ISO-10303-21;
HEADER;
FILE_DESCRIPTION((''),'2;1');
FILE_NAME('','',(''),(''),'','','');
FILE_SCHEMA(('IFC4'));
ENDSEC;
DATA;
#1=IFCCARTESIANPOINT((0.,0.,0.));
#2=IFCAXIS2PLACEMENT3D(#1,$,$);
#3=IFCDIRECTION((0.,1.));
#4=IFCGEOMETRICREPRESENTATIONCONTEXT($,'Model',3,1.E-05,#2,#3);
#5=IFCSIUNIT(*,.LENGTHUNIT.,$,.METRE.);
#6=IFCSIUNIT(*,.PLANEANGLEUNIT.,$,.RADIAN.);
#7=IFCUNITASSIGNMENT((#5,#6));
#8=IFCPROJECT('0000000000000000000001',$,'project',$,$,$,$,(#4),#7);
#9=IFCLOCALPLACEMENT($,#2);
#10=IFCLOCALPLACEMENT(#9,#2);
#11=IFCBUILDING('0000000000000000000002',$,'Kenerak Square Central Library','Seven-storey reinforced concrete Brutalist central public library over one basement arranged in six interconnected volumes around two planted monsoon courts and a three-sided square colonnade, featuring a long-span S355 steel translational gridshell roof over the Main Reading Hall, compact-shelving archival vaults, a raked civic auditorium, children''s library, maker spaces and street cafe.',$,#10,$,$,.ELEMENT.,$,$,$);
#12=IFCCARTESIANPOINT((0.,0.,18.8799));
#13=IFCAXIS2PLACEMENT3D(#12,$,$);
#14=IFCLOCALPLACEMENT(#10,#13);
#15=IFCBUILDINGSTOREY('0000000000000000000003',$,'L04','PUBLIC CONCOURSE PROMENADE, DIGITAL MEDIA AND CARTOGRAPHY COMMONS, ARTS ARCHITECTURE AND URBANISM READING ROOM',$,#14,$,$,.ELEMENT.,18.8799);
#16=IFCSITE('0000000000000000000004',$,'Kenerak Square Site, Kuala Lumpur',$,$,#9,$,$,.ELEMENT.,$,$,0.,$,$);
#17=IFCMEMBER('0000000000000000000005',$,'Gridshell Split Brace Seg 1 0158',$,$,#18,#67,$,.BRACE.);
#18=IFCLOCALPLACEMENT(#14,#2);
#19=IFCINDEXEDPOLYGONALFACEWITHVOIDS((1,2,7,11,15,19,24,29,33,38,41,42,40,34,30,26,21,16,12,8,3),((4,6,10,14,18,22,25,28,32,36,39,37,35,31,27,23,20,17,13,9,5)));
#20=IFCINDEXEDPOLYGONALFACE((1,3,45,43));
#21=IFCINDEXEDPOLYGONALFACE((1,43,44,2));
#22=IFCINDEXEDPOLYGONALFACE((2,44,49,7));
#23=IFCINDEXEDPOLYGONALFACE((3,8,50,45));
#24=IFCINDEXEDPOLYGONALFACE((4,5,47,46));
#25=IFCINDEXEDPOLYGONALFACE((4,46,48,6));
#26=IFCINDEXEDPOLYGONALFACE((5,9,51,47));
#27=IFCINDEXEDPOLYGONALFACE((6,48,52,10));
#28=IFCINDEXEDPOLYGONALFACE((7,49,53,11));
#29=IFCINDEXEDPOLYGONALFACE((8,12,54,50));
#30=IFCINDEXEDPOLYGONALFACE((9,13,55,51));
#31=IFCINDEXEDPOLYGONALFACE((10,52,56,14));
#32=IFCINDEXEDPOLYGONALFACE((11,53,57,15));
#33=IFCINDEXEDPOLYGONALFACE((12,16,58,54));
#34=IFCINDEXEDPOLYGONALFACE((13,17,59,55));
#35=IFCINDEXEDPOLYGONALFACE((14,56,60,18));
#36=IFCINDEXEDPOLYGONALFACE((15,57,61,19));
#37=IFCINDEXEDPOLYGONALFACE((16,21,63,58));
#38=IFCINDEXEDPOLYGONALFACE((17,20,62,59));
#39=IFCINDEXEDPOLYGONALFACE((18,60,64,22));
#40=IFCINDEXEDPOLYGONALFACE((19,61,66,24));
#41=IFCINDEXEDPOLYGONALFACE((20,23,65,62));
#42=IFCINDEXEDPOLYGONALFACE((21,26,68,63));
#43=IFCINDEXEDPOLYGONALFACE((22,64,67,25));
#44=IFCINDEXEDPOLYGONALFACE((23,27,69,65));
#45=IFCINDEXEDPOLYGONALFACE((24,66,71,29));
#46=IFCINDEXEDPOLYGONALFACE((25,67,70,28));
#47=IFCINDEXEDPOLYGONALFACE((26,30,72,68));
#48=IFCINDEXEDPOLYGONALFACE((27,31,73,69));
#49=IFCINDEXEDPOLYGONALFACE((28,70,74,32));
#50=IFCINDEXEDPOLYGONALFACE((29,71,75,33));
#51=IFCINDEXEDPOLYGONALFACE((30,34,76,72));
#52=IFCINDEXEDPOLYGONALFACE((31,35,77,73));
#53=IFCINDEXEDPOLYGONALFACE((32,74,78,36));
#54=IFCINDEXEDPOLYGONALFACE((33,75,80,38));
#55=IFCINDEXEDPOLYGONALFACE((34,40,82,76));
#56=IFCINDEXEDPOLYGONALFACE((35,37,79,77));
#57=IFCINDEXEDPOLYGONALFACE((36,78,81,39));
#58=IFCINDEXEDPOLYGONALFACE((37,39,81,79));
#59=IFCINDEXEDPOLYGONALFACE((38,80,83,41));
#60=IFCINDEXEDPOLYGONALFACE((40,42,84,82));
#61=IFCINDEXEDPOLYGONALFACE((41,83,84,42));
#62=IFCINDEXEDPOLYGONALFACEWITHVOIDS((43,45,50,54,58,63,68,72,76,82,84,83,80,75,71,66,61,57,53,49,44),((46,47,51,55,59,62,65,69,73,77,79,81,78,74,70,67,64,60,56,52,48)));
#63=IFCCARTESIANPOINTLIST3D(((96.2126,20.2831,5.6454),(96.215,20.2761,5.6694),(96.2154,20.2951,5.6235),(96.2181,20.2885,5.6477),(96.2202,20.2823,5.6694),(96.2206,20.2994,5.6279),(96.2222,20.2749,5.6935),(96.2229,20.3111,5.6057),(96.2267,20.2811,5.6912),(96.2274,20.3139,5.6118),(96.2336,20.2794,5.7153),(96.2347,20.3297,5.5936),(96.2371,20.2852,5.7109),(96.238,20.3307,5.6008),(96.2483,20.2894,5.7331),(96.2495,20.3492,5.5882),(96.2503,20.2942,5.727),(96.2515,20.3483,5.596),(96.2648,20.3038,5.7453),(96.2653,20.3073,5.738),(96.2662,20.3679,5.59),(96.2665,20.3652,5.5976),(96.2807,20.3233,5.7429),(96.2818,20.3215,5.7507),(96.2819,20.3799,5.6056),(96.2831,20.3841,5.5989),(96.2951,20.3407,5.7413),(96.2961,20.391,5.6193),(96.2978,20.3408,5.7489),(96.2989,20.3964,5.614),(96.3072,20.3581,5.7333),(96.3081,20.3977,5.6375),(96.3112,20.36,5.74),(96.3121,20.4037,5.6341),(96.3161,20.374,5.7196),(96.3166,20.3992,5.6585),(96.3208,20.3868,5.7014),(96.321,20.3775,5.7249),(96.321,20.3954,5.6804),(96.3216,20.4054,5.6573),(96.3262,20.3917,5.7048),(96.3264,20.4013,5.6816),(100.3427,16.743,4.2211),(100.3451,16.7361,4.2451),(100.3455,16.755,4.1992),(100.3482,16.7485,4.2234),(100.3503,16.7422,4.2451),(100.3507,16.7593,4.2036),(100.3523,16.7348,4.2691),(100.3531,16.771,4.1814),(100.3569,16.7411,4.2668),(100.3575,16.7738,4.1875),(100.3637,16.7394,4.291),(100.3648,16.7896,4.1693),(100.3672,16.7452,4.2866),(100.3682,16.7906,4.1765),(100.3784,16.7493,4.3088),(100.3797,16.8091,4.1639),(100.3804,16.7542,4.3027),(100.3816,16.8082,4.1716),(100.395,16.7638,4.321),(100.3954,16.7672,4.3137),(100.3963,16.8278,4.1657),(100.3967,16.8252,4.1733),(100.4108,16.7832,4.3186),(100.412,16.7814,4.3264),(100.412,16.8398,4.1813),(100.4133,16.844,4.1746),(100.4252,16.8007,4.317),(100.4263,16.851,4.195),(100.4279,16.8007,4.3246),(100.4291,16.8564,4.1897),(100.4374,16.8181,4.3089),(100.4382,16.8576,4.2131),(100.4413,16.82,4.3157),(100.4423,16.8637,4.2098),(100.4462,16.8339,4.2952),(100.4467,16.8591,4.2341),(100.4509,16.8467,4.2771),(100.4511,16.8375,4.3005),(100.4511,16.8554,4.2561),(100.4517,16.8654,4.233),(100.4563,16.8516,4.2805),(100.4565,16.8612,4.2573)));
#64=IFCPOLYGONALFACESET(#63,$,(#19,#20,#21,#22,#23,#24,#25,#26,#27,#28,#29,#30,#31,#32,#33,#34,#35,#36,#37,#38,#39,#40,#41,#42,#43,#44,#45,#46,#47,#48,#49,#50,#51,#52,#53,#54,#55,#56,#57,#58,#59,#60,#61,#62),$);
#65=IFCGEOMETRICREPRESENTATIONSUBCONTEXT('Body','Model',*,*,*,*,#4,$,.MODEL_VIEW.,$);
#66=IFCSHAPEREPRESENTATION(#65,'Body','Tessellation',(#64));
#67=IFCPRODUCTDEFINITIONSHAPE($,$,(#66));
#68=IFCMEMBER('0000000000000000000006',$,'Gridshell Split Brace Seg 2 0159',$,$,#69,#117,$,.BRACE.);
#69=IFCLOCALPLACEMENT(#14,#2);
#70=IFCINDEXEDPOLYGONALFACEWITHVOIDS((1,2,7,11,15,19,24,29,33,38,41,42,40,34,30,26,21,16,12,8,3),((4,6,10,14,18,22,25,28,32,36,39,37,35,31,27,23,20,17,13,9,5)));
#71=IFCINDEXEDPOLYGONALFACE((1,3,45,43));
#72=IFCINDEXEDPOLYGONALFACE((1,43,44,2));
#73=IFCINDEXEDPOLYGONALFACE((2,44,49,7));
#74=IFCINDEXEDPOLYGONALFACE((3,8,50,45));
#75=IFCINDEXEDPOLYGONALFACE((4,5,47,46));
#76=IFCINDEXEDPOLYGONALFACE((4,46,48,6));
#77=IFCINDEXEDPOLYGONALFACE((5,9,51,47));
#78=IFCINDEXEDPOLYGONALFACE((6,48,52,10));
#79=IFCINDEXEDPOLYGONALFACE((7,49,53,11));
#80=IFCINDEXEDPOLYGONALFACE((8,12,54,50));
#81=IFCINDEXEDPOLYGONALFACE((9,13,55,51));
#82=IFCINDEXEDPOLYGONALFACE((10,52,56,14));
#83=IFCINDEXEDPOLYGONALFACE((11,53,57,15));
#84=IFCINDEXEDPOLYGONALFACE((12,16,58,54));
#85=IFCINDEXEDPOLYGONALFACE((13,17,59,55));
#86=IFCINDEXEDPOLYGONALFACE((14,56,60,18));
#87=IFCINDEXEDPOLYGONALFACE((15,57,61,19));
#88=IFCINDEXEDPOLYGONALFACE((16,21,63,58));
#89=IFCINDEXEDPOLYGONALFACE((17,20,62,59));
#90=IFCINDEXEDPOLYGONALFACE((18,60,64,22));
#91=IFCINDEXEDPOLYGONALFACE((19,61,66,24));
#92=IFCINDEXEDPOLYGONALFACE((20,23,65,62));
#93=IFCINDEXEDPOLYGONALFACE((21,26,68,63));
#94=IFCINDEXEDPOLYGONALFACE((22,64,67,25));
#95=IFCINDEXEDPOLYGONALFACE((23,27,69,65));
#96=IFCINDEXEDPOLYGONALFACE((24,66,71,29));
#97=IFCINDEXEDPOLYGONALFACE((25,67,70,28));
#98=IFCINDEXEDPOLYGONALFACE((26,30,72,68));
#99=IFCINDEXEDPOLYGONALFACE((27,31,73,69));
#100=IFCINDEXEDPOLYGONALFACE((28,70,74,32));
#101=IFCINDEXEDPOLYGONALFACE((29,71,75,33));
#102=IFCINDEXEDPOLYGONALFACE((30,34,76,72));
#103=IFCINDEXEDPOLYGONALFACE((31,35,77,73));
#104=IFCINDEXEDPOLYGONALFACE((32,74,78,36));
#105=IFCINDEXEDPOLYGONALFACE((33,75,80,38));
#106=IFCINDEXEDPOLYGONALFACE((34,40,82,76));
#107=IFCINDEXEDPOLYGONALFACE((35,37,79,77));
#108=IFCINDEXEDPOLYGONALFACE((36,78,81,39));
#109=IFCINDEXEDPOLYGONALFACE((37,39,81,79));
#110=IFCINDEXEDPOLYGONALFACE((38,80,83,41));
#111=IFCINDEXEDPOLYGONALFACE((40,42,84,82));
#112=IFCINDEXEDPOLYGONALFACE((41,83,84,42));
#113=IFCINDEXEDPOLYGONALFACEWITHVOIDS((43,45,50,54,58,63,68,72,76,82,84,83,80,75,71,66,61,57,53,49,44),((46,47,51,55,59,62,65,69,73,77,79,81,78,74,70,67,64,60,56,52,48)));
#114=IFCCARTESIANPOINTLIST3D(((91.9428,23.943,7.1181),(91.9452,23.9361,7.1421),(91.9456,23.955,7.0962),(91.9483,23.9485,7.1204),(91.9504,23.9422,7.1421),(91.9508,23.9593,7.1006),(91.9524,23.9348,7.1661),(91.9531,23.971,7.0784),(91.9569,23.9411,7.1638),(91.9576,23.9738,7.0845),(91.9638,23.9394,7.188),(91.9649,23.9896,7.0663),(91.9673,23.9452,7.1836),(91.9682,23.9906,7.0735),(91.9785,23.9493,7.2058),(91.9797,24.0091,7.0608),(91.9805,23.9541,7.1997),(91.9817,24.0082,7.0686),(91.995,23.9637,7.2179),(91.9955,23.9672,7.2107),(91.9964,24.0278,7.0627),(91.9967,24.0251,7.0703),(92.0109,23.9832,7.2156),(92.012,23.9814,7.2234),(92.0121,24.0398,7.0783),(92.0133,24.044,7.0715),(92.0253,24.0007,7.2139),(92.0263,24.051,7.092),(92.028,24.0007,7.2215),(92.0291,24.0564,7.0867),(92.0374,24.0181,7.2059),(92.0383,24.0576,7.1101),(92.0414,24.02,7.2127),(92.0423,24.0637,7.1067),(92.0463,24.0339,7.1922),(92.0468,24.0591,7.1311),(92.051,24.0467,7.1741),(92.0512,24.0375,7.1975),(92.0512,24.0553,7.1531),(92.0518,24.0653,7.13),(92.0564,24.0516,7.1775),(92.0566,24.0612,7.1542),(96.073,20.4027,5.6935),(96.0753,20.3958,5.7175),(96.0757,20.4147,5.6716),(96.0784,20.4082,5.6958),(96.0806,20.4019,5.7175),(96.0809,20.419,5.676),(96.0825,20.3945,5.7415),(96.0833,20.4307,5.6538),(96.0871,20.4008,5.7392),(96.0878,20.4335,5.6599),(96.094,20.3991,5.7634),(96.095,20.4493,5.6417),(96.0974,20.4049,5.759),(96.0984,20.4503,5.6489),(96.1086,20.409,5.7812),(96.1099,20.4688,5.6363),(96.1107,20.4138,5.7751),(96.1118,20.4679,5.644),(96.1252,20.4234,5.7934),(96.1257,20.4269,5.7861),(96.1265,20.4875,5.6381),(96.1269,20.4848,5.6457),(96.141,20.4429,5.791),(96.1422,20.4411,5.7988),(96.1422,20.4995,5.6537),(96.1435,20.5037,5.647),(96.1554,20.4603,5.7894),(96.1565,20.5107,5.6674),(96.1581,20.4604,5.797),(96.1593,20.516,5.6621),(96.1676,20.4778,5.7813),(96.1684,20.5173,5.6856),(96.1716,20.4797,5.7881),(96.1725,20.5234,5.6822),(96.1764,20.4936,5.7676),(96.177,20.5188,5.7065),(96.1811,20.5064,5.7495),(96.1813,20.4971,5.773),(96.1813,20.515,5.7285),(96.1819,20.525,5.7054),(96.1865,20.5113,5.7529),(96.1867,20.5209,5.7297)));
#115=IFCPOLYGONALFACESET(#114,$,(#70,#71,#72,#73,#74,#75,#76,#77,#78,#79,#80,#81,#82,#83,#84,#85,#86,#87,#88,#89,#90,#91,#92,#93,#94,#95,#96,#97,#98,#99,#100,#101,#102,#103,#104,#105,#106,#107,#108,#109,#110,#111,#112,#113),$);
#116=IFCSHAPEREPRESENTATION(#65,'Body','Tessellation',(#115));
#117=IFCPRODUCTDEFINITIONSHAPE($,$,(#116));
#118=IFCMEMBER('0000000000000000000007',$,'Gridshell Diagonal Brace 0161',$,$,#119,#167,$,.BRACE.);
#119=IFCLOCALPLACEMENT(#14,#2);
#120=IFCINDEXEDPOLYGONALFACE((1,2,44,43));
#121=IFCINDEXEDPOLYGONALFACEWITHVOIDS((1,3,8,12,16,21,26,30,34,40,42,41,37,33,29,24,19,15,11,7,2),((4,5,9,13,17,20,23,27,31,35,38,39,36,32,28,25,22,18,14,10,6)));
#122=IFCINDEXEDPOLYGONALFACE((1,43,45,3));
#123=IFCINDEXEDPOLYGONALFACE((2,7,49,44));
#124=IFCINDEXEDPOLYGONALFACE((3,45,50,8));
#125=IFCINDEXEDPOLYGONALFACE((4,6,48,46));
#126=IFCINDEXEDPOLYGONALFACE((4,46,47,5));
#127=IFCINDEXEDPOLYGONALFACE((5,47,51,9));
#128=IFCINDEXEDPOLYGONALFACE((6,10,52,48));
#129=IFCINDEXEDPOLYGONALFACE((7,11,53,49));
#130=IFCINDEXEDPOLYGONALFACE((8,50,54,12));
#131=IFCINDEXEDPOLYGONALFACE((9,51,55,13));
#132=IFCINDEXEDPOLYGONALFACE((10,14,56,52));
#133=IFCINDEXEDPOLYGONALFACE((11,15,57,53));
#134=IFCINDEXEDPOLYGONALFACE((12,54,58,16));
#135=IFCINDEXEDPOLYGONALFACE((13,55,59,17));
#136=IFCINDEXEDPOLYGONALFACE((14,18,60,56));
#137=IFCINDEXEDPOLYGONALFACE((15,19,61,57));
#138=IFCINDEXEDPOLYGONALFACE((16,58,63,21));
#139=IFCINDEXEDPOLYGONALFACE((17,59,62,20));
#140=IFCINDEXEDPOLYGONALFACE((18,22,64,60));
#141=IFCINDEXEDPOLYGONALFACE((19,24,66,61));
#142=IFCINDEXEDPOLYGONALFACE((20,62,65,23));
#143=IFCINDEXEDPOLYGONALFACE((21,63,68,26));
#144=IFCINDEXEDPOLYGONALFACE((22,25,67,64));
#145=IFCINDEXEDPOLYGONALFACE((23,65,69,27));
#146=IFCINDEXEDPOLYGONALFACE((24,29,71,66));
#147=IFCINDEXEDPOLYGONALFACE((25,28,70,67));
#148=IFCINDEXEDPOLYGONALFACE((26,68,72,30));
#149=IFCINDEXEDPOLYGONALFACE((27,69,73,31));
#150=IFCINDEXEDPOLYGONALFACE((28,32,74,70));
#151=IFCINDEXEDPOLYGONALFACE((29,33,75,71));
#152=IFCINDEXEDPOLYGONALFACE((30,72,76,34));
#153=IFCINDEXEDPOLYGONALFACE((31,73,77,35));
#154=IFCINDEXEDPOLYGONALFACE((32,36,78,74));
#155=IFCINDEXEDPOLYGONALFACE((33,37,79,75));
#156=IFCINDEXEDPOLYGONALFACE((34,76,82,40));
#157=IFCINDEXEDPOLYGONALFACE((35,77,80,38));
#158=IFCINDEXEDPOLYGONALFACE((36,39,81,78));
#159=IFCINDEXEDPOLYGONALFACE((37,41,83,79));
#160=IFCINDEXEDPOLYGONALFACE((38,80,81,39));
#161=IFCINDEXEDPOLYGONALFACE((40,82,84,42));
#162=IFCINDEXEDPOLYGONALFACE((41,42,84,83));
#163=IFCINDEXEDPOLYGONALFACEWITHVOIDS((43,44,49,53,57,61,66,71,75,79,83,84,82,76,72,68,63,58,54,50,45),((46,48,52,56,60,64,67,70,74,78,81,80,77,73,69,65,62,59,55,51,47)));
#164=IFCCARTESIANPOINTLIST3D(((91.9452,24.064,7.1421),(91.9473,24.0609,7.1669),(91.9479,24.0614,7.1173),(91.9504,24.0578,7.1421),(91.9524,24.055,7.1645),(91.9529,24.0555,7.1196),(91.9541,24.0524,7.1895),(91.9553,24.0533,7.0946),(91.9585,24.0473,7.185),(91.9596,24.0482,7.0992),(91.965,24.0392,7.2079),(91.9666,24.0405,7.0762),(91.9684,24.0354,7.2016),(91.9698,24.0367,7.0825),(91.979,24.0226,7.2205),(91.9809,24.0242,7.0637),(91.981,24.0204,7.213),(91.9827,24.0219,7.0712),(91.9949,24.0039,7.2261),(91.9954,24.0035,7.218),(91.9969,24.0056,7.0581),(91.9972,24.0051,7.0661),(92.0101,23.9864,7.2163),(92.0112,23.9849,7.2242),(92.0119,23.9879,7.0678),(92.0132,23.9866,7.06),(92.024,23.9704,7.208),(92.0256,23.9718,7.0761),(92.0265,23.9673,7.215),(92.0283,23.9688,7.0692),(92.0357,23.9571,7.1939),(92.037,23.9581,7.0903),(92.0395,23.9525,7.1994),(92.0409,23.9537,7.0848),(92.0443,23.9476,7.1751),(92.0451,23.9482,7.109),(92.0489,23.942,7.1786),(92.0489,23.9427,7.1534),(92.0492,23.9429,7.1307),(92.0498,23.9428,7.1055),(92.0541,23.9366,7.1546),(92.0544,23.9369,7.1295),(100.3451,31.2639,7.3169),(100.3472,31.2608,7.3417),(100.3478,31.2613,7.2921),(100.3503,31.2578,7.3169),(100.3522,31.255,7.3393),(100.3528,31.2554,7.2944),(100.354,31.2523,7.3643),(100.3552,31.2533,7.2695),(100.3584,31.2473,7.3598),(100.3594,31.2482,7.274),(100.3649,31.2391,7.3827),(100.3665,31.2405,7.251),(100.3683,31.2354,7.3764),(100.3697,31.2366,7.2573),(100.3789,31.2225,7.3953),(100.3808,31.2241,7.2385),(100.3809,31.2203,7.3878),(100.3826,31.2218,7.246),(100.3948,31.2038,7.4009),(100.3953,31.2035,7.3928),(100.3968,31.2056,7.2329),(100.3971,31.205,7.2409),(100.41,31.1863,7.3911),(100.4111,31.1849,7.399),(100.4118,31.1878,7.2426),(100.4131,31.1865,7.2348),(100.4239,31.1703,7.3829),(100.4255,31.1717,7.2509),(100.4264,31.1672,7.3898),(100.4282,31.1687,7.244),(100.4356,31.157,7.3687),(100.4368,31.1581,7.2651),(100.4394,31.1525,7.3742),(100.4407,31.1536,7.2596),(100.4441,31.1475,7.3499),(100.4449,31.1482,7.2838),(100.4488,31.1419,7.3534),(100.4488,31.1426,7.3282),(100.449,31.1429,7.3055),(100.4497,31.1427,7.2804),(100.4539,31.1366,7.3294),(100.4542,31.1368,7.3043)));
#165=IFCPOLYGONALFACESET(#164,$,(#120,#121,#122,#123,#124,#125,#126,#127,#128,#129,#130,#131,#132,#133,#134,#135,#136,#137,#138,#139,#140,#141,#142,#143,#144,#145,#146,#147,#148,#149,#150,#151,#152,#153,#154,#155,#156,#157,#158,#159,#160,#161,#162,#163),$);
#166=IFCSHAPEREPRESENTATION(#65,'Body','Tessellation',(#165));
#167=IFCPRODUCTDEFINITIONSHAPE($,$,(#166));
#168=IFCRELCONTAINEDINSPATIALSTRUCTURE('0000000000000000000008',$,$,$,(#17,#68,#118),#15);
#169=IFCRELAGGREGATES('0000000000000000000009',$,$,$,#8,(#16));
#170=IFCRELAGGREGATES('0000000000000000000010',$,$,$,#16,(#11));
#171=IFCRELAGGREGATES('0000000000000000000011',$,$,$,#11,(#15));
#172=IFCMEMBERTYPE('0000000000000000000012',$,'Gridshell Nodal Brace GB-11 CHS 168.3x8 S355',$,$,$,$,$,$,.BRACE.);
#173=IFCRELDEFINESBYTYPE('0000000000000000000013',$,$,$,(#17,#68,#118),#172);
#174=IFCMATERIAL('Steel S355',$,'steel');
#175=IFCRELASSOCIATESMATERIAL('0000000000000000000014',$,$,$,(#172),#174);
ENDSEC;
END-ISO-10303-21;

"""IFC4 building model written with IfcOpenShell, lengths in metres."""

from ifc_helpers import new_model, si_unit, direction, frame, origin, origin_2d, place, context, subcontext, project, spatial, hollow_circle, extrude, material, material_profile, profile_set, type_object, element, save


model = new_model("IFC4")

# Units and contexts
model_context = context("Model", 3, precision=1e-05, world=origin(), true_north=direction((0.0, 1.0)))
body_context = subcontext(model_context, "Body", "Model", "MODEL_VIEW")
ifc_project = project(units=[si_unit("LENGTHUNIT", "METRE"), si_unit("PLANEANGLEUNIT", "RADIAN")], contexts=[model_context])

# Site, building, storey
site_placement = place(None, origin())
site = spatial("IfcSite", under=ifc_project, at=site_placement, Name="Kenerak Square Site, Kuala Lumpur", CompositionType="ELEMENT", RefElevation=0.0)
building_placement = place(site_placement, origin())
building = spatial("IfcBuilding", under=site, at=building_placement, Name="Kenerak Square Central Library", Description="Seven-storey reinforced concrete Brutalist central public library over one basement arranged in six interconnected volumes around two planted monsoon courts and a three-sided square colonnade, featuring a long-span S355 steel translational gridshell roof over the Main Reading Hall, compact-shelving archival vaults, a raked civic auditorium, children's library, maker spaces and street cafe.", CompositionType="ELEMENT")
storey_placement = place(building_placement, frame((0.0, 0.0, 18.8799)))
storey = spatial("IfcBuildingStorey", under=building, at=storey_placement, Name="L04", Description="PUBLIC CONCOURSE PROMENADE, DIGITAL MEDIA AND CARTOGRAPHY COMMONS, ARTS ARCHITECTURE AND URBANISM READING ROOM", CompositionType="ELEMENT", Elevation=18.8799)

# Members
ifc_material = material(Name="Steel S355", Category="steel")
ifc_material_profile_1 = material_profile(ifc_material, hollow_circle(Radius=0.0842, WallThickness=0.0081, at=origin_2d()), Name="CHS 168.3x8.0")
ifc_profile_set_1 = profile_set([ifc_material_profile_1], Name="Steel S355")
member_type_1 = type_object("IfcMemberType", Name="Gridshell Nodal Brace GB-11 CHS 168.3x8 S355", PredefinedType="BRACE", material=ifc_profile_set_1)
member_1_placement = place(storey_placement, frame((100.3999, 16.8, 4.2451), z_axis=(-0.734502, 0.62956, 0.2533), x_axis=(-0.650784, -0.759263, 0.0)))
element("IfcMember", 1, at=member_1_placement, inside=storey, type_object=member_type_1, Name="Gridshell Split Brace Seg 1 0158", PredefinedType="BRACE", context=body_context, shape_type="SweptSolid", body=[
    extrude(hollow_circle(Radius=0.0842, WallThickness=0.0081, at=origin_2d()), origin(), (0.0, 0.0, 1.0), 5.623),
])
member_2_placement = place(storey_placement, frame((96.1301, 20.4597, 5.7175), z_axis=(-0.734473, 0.62958, 0.253334), x_axis=(-0.65081, -0.759241, 0.0)))
element("IfcMember", 2, at=member_2_placement, inside=storey, type_object=member_type_1, Name="Gridshell Split Brace Seg 2 0159", PredefinedType="BRACE", context=body_context, shape_type="SweptSolid", body=[
    extrude(hollow_circle(Radius=0.0842, WallThickness=0.0081, at=origin_2d()), origin(), (0.0, 0.0, 1.0), 5.6233),
])
member_3_placement = place(storey_placement, frame((92.0, 24.0, 7.1421), z_axis=(0.75916, 0.650712, 0.015798), x_axis=(-0.650793, 0.759255, 0.0)))
element("IfcMember", 3, at=member_3_placement, inside=storey, type_object=member_type_1, Name="Gridshell Diagonal Brace 0161", PredefinedType="BRACE", context=body_context, shape_type="SweptSolid", body=[
    extrude(hollow_circle(Radius=0.0842, WallThickness=0.0081, at=origin_2d()), origin(), (0.0, 0.0, 1.0), 11.0647),
])

save(model, "model.ifc")
